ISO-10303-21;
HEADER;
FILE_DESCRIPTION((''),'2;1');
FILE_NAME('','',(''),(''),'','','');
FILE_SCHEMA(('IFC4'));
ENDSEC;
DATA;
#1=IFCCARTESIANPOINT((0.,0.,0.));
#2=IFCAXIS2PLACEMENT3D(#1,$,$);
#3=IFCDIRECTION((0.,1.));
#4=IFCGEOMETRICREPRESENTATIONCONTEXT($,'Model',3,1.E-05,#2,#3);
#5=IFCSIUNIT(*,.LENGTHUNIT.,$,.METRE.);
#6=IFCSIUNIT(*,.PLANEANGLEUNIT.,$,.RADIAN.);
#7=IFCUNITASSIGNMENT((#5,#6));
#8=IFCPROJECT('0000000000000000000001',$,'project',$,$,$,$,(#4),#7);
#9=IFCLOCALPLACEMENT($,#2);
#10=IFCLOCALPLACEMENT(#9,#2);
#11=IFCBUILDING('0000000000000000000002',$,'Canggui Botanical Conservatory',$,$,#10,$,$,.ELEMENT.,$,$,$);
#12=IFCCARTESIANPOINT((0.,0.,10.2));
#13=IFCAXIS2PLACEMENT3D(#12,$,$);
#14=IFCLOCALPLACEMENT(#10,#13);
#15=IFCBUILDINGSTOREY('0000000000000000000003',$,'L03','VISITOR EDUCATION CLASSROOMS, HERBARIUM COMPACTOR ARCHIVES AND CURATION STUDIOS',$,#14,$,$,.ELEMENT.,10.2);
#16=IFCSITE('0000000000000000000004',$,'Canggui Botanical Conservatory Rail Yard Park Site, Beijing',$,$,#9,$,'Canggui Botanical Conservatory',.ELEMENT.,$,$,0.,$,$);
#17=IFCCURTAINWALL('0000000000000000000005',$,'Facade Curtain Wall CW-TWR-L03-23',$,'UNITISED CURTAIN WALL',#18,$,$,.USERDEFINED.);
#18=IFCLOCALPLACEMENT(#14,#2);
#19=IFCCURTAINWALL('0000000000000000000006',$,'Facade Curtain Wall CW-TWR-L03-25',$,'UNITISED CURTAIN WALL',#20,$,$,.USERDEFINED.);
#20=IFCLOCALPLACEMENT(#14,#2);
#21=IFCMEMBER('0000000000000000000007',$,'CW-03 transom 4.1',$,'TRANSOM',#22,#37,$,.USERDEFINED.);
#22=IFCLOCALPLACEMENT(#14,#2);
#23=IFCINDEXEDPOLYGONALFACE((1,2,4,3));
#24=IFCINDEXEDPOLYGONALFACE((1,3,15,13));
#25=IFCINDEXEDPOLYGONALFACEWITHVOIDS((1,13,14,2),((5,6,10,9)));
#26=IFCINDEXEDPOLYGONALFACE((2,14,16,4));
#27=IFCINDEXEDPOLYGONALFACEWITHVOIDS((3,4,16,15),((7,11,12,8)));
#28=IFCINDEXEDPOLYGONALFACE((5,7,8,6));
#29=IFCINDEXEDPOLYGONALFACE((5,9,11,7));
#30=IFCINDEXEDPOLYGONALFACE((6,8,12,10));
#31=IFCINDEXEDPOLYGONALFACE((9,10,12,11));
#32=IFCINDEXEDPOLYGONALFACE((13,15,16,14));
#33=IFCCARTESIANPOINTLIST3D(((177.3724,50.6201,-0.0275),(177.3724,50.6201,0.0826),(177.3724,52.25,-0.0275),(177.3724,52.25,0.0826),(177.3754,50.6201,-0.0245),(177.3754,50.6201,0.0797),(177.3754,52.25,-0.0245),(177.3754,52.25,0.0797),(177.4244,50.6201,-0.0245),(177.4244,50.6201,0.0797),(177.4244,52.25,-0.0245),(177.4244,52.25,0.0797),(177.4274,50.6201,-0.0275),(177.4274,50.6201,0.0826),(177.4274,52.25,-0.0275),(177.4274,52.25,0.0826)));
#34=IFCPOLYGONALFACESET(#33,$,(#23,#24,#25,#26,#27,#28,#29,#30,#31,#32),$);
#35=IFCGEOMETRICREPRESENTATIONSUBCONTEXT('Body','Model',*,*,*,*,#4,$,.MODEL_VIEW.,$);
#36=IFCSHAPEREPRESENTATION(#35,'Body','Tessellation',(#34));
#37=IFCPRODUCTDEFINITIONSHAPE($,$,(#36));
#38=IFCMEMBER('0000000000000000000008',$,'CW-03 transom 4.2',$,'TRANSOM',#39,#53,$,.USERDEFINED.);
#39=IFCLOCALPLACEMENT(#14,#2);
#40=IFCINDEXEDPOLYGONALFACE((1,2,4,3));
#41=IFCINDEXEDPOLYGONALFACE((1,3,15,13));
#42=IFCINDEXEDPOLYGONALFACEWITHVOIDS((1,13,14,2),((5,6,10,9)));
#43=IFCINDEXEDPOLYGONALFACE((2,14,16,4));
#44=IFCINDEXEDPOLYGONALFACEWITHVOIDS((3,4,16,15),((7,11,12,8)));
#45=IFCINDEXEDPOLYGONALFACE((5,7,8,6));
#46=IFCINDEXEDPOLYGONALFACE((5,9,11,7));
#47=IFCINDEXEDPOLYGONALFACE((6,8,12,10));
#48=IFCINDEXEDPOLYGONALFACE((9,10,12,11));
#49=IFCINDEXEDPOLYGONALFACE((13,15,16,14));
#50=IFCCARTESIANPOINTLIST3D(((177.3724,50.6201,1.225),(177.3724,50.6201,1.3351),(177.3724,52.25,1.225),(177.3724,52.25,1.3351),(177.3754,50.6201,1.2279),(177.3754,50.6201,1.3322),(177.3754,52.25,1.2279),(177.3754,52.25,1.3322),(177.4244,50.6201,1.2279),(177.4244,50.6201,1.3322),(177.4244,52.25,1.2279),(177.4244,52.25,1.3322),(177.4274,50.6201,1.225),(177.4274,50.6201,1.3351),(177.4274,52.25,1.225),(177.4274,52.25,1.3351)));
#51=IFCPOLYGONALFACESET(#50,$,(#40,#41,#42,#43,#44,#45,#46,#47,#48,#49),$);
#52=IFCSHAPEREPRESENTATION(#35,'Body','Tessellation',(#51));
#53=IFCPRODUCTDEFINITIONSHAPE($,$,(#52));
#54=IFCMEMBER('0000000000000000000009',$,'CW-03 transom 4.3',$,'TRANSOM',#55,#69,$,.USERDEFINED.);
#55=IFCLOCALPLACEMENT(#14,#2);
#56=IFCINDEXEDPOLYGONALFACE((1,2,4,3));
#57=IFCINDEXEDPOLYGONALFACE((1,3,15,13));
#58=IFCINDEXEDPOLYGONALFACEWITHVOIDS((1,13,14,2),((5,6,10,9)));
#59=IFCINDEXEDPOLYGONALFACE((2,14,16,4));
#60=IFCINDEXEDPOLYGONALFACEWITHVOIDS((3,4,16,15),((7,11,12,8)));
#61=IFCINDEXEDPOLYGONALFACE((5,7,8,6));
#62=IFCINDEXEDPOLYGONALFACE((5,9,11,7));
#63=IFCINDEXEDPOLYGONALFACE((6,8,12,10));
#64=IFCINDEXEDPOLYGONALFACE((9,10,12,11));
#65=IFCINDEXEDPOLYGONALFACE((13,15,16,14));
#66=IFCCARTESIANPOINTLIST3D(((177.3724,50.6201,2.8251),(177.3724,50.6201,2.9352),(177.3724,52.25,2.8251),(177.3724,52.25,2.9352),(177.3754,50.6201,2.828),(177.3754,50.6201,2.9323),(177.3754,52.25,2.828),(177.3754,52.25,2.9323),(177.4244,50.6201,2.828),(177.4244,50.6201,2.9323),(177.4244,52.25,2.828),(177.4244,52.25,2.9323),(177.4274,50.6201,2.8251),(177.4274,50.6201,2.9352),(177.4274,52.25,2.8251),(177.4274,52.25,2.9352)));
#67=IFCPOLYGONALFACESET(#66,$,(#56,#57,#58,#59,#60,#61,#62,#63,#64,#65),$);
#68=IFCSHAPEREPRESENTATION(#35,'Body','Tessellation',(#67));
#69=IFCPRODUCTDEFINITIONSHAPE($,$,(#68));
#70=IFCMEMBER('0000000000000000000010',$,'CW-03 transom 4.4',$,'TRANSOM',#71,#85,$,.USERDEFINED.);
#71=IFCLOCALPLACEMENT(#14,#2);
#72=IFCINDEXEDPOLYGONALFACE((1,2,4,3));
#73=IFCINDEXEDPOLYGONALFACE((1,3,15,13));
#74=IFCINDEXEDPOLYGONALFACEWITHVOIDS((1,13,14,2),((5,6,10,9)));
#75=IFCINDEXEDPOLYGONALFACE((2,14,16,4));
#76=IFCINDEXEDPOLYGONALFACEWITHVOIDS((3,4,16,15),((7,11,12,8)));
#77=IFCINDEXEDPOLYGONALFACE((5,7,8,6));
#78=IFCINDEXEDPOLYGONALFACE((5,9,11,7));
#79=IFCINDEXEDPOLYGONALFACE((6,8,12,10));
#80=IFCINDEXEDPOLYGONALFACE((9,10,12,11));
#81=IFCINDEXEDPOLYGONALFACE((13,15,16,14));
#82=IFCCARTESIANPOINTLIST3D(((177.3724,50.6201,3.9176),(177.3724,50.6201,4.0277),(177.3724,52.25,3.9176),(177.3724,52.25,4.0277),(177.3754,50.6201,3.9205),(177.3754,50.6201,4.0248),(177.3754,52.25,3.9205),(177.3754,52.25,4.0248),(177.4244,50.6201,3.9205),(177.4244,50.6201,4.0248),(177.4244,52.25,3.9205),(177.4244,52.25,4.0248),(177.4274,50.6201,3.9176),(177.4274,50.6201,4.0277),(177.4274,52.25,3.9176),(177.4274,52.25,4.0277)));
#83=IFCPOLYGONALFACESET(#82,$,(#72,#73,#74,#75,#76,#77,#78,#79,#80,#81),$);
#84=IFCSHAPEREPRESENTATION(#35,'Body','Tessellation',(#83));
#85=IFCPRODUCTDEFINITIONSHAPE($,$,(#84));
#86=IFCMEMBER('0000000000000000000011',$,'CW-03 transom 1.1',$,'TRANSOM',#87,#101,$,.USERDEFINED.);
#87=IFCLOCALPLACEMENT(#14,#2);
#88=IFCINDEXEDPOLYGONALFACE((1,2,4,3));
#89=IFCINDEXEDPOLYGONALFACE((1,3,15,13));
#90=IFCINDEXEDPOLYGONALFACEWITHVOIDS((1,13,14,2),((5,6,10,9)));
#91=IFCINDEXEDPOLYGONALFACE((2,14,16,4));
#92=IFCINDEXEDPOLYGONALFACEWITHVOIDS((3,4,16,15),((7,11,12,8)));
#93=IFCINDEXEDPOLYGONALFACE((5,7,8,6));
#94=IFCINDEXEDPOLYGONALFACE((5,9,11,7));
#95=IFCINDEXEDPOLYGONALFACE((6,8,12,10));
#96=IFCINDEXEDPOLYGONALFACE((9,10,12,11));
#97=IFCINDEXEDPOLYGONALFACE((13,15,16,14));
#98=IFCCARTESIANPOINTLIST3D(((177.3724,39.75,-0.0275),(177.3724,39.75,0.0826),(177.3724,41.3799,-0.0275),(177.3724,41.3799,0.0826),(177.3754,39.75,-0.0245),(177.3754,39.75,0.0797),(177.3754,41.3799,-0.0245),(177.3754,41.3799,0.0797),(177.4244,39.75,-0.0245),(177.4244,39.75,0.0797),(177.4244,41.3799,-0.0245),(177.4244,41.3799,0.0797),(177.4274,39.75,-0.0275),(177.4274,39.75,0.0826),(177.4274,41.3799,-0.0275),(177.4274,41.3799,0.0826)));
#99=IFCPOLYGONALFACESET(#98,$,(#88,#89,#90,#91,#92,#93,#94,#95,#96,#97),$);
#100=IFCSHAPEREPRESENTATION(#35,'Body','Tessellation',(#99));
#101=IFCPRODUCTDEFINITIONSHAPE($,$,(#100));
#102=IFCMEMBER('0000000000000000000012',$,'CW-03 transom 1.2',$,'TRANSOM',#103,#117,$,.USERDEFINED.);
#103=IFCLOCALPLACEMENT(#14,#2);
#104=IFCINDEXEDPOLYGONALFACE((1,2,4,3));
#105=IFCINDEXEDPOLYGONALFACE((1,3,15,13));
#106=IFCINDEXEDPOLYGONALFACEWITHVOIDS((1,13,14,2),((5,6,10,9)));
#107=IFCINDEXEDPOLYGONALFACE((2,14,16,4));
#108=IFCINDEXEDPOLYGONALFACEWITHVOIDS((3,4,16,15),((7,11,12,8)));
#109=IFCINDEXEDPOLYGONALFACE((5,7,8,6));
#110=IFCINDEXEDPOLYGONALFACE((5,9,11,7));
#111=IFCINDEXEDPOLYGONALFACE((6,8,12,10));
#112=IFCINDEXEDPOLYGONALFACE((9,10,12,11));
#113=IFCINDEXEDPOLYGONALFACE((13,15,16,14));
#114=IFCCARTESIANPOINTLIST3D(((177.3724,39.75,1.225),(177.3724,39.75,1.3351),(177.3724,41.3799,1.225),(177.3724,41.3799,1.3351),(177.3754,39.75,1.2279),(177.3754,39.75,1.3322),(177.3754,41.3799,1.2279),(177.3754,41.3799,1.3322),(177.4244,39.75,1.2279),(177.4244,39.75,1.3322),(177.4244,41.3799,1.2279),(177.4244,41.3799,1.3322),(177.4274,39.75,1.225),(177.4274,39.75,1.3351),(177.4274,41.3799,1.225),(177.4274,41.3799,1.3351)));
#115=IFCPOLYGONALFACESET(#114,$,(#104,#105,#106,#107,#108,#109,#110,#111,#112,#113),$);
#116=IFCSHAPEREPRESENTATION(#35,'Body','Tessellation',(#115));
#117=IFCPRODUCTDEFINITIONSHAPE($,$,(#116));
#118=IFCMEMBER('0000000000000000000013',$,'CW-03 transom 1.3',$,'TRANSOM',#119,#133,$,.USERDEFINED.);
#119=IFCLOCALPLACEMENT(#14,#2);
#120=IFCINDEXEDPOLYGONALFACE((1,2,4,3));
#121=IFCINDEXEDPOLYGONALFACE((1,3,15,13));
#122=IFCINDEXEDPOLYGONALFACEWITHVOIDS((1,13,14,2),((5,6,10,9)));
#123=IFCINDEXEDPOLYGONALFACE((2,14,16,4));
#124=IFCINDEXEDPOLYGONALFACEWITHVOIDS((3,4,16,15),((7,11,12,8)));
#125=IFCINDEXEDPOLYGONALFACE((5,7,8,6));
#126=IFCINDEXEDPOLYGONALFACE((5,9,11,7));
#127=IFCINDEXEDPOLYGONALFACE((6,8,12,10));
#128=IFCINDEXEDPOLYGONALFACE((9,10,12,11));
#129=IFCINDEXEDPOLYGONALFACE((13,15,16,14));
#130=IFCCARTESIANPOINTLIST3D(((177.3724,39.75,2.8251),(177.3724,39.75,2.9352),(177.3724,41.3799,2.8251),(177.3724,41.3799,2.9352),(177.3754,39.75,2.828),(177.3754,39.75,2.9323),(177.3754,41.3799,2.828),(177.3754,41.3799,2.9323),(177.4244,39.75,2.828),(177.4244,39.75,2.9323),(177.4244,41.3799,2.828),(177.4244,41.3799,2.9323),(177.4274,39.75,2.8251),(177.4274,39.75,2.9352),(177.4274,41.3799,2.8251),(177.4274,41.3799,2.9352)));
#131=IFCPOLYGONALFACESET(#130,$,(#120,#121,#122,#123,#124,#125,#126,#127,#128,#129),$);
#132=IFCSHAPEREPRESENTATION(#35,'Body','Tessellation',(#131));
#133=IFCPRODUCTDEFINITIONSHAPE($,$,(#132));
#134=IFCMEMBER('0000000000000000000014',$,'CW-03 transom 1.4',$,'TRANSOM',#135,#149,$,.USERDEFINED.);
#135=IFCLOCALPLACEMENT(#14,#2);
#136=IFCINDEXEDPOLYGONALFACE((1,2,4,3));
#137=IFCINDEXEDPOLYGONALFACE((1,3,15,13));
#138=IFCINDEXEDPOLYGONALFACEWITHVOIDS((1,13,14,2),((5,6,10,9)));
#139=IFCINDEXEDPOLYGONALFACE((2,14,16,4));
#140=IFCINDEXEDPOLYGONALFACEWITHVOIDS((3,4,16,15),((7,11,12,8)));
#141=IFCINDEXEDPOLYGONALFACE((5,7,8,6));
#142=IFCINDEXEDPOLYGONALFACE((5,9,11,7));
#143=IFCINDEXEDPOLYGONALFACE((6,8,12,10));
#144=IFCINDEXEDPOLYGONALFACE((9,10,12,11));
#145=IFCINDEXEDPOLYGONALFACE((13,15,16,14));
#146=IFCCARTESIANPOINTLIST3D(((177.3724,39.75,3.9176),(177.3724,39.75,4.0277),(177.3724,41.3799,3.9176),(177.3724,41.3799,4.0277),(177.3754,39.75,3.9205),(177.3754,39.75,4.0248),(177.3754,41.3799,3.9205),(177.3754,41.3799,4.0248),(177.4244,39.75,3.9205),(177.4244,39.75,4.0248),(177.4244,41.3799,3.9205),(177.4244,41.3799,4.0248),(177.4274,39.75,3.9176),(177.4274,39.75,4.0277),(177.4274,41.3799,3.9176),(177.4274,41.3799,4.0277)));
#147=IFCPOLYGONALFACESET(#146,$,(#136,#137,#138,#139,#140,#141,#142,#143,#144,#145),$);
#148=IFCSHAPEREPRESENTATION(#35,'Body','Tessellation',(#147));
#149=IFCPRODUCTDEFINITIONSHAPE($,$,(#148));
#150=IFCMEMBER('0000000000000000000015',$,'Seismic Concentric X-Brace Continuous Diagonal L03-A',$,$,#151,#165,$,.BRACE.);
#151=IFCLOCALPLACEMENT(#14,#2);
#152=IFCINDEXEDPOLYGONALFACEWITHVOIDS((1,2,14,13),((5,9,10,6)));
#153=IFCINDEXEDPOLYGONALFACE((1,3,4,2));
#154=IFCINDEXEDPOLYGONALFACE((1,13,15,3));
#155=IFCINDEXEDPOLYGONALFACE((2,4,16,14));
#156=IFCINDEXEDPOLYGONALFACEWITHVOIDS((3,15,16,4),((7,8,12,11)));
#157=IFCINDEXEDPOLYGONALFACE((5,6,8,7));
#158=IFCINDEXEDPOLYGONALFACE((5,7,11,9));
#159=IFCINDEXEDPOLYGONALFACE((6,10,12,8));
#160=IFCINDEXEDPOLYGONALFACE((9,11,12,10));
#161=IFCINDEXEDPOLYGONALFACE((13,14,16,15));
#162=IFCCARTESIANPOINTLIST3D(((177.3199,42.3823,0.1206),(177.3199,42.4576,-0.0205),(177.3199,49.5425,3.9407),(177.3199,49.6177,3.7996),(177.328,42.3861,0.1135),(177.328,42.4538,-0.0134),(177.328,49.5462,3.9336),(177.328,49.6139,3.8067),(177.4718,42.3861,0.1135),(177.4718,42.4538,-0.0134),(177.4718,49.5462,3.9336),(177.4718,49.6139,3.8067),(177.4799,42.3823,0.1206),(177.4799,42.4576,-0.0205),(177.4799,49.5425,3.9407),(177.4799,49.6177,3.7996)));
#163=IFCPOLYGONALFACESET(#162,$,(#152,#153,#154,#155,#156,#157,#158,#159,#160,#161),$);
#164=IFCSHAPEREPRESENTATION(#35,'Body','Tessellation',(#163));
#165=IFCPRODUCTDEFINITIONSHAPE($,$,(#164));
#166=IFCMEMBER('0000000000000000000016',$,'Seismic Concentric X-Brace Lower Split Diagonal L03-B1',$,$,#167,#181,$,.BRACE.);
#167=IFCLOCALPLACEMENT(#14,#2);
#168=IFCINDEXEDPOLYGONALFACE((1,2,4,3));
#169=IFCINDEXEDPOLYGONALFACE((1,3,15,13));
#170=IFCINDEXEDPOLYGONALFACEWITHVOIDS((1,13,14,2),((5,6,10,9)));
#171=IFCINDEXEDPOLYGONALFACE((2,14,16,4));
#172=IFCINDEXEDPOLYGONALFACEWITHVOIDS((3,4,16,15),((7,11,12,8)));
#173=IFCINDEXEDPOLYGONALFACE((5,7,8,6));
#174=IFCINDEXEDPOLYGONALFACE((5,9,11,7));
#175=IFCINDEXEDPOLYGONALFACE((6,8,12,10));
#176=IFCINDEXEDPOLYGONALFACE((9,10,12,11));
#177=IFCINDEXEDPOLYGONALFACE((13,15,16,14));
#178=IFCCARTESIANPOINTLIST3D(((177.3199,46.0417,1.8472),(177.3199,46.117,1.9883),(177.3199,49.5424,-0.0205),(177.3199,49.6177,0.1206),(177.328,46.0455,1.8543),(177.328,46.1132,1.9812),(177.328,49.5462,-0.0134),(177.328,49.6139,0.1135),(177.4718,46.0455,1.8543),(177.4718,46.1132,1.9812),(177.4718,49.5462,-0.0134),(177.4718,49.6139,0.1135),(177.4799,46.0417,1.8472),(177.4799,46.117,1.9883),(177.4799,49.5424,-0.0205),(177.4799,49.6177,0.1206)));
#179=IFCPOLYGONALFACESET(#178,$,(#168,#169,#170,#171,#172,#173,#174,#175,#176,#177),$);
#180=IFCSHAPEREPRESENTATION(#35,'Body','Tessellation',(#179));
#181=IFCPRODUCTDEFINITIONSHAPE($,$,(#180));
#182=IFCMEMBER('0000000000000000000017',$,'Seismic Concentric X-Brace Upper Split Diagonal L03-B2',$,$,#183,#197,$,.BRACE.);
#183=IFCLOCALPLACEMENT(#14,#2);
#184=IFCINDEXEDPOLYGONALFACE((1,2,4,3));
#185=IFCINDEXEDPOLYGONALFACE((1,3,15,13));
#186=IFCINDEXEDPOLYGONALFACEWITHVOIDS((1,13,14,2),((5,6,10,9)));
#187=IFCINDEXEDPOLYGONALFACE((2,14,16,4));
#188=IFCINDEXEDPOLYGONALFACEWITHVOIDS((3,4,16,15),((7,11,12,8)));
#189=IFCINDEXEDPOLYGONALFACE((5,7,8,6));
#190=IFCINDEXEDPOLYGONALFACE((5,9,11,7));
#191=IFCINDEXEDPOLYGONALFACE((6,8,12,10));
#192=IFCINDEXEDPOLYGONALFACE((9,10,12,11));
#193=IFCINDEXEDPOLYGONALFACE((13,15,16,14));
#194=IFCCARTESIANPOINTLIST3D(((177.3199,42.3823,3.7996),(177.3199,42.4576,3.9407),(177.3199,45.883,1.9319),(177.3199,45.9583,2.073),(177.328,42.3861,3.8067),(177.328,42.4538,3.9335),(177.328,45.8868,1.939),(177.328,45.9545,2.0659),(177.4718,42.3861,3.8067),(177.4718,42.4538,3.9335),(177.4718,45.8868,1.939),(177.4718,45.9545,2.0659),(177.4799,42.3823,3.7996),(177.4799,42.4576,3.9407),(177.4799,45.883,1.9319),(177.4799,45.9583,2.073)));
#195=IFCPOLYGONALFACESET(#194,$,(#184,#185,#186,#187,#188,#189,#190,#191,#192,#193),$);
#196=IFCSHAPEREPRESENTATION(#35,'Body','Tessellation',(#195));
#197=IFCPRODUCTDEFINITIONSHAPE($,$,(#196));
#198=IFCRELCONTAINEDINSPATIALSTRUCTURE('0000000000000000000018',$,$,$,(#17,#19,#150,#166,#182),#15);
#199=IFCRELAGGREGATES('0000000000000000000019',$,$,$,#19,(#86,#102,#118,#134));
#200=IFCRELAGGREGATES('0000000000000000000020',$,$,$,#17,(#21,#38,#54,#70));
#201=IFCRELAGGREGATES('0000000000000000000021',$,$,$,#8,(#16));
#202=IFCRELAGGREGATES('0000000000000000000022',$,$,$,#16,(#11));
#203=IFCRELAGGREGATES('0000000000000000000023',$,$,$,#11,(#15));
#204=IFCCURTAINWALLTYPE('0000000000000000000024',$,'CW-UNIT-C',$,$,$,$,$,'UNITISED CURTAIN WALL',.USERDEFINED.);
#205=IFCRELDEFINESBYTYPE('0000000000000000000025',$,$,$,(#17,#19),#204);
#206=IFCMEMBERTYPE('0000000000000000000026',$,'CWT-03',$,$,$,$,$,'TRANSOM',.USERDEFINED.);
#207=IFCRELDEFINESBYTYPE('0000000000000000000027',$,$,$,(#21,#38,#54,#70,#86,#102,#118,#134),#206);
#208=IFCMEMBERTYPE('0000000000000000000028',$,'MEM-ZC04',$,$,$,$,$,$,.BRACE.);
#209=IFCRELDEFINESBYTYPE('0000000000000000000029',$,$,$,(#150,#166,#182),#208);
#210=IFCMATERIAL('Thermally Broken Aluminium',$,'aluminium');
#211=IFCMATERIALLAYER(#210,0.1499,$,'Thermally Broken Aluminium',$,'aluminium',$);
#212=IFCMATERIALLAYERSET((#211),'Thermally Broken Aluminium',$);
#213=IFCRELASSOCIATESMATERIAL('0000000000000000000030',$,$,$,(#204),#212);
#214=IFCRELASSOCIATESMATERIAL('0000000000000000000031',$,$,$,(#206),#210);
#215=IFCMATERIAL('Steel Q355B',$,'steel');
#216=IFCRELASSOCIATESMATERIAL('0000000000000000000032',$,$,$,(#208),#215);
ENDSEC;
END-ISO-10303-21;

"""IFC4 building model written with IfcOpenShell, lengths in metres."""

from ifc_helpers import new_model, si_unit, direction, frame, origin, origin_2d, place, context, subcontext, project, spatial, hollow_rectangle, extrude, material, layer, layer_set, material_profile, profile_set, type_object, element, aggregate, save


model = new_model("IFC4")

# Units and contexts
model_context = context("Model", 3, precision=1e-05, world=origin(), true_north=direction((0.0, 1.0)))
body_context = subcontext(model_context, "Body", "Model", "MODEL_VIEW")
ifc_project = project(units=[si_unit("LENGTHUNIT", "METRE"), si_unit("PLANEANGLEUNIT", "RADIAN")], contexts=[model_context])

# Site, building, storey
site_placement = place(None, origin())
site = spatial("IfcSite", under=ifc_project, at=site_placement, Name="Canggui Botanical Conservatory Rail Yard Park Site, Beijing", LongName="Canggui Botanical Conservatory", CompositionType="ELEMENT", RefElevation=0.0)
building_placement = place(site_placement, origin())
building = spatial("IfcBuilding", under=site, at=building_placement, Name="Canggui Botanical Conservatory", CompositionType="ELEMENT")
storey_placement = place(building_placement, frame((0.0, 0.0, 10.2)))
storey = spatial("IfcBuildingStorey", under=building, at=storey_placement, Name="L03", Description="VISITOR EDUCATION CLASSROOMS, HERBARIUM COMPACTOR ARCHIVES AND CURATION STUDIOS", CompositionType="ELEMENT", Elevation=10.2)

# Curtain walls
ifc_material_1 = material(Name="Thermally Broken Aluminium", Category="aluminium")
ifc_layer_1 = layer(ifc_material_1, 0.1499, Name="Thermally Broken Aluminium", Category="aluminium")
ifc_layer_set_1 = layer_set([ifc_layer_1], Name="Thermally Broken Aluminium")
curtain_wall_type = type_object("IfcCurtainWallType", Name="CW-UNIT-C", ElementType="UNITISED CURTAIN WALL", PredefinedType="USERDEFINED", material=ifc_layer_set_1)
curtain_wall_1_placement = place(storey_placement, origin())
curtain_wall_1 = element("IfcCurtainWall", 1, at=curtain_wall_1_placement, inside=storey, type_object=curtain_wall_type, Name="Facade Curtain Wall CW-TWR-L03-23", ObjectType="UNITISED CURTAIN WALL", PredefinedType="USERDEFINED")
curtain_wall_2_placement = place(storey_placement, origin())
curtain_wall_2 = element("IfcCurtainWall", 2, at=curtain_wall_2_placement, inside=storey, type_object=curtain_wall_type, Name="Facade Curtain Wall CW-TWR-L03-25", ObjectType="UNITISED CURTAIN WALL", PredefinedType="USERDEFINED")

# Members
ifc_material_profile_1 = material_profile(ifc_material_1, hollow_rectangle(XDim=0.0549, YDim=0.1101, WallThickness=0.0029, at=origin_2d()), Name="CWT 55x110x3")
ifc_profile_set_1 = profile_set([ifc_material_profile_1], Name="Thermally Broken Aluminium")
member_type_1 = type_object("IfcMemberType", Name="CWT-03", ElementType="TRANSOM", PredefinedType="USERDEFINED", material=ifc_profile_set_1)
member_1_placement = place(storey_placement, frame((177.3999, 52.25, 0.0276), z_axis=(0.0, -1.0, 0.0), x_axis=(1.0, 0.0, 0.0)))
member_1 = element("IfcMember", 3, at=member_1_placement, type_object=member_type_1, Name="CW-03 transom 4.1", ObjectType="TRANSOM", PredefinedType="USERDEFINED", context=body_context, shape_type="SweptSolid", body=[
    extrude(hollow_rectangle(XDim=0.0549, YDim=0.1101, WallThickness=0.0029, at=origin_2d()), origin(), (0.0, 0.0, 1.0), 1.6299),
])
member_2_placement = place(storey_placement, frame((177.3999, 52.25, 1.28), z_axis=(0.0, -1.0, 0.0), x_axis=(1.0, 0.0, 0.0)))
member_2 = element("IfcMember", 4, at=member_2_placement, type_object=member_type_1, Name="CW-03 transom 4.2", ObjectType="TRANSOM", PredefinedType="USERDEFINED", context=body_context, shape_type="SweptSolid", body=[
    extrude(hollow_rectangle(XDim=0.0549, YDim=0.1101, WallThickness=0.0029, at=origin_2d()), origin(), (0.0, 0.0, 1.0), 1.6299),
])
member_3_placement = place(storey_placement, frame((177.3999, 52.25, 2.8801), z_axis=(0.0, -1.0, 0.0), x_axis=(1.0, 0.0, 0.0)))
member_3 = element("IfcMember", 5, at=member_3_placement, type_object=member_type_1, Name="CW-03 transom 4.3", ObjectType="TRANSOM", PredefinedType="USERDEFINED", context=body_context, shape_type="SweptSolid", body=[
    extrude(hollow_rectangle(XDim=0.0549, YDim=0.1101, WallThickness=0.0029, at=origin_2d()), origin(), (0.0, 0.0, 1.0), 1.6299),
])
member_4_placement = place(storey_placement, frame((177.3999, 52.25, 3.9727), z_axis=(0.0, -1.0, 0.0), x_axis=(1.0, 0.0, 0.0)))
member_4 = element("IfcMember", 6, at=member_4_placement, type_object=member_type_1, Name="CW-03 transom 4.4", ObjectType="TRANSOM", PredefinedType="USERDEFINED", context=body_context, shape_type="SweptSolid", body=[
    extrude(hollow_rectangle(XDim=0.0549, YDim=0.1101, WallThickness=0.0029, at=origin_2d()), origin(), (0.0, 0.0, 1.0), 1.6299),
])
member_5_placement = place(storey_placement, frame((177.3999, 41.3799, 0.0276), z_axis=(0.0, -1.0, 0.0), x_axis=(1.0, 0.0, 0.0)))
member_5 = element("IfcMember", 7, at=member_5_placement, type_object=member_type_1, Name="CW-03 transom 1.1", ObjectType="TRANSOM", PredefinedType="USERDEFINED", context=body_context, shape_type="SweptSolid", body=[
    extrude(hollow_rectangle(XDim=0.0549, YDim=0.1101, WallThickness=0.0029, at=origin_2d()), origin(), (0.0, 0.0, 1.0), 1.6299),
])
member_6_placement = place(storey_placement, frame((177.3999, 41.3799, 1.28), z_axis=(0.0, -1.0, 0.0), x_axis=(1.0, 0.0, 0.0)))
member_6 = element("IfcMember", 8, at=member_6_placement, type_object=member_type_1, Name="CW-03 transom 1.2", ObjectType="TRANSOM", PredefinedType="USERDEFINED", context=body_context, shape_type="SweptSolid", body=[
    extrude(hollow_rectangle(XDim=0.0549, YDim=0.1101, WallThickness=0.0029, at=origin_2d()), origin(), (0.0, 0.0, 1.0), 1.6299),
])
member_7_placement = place(storey_placement, frame((177.3999, 41.3799, 2.8801), z_axis=(0.0, -1.0, 0.0), x_axis=(1.0, 0.0, 0.0)))
member_7 = element("IfcMember", 9, at=member_7_placement, type_object=member_type_1, Name="CW-03 transom 1.3", ObjectType="TRANSOM", PredefinedType="USERDEFINED", context=body_context, shape_type="SweptSolid", body=[
    extrude(hollow_rectangle(XDim=0.0549, YDim=0.1101, WallThickness=0.0029, at=origin_2d()), origin(), (0.0, 0.0, 1.0), 1.6299),
])
member_8_placement = place(storey_placement, frame((177.3999, 41.3799, 3.9727), z_axis=(0.0, -1.0, 0.0), x_axis=(1.0, 0.0, 0.0)))
member_8 = element("IfcMember", 10, at=member_8_placement, type_object=member_type_1, Name="CW-03 transom 1.4", ObjectType="TRANSOM", PredefinedType="USERDEFINED", context=body_context, shape_type="SweptSolid", body=[
    extrude(hollow_rectangle(XDim=0.0549, YDim=0.1101, WallThickness=0.0029, at=origin_2d()), origin(), (0.0, 0.0, 1.0), 1.6299),
])
aggregate(curtain_wall_2, [member_5, member_6, member_7, member_8])

# Members
ifc_material_2 = material(Name="Steel Q355B", Category="steel")
ifc_material_profile_2 = material_profile(ifc_material_2, hollow_rectangle(XDim=0.1599, YDim=0.1599, WallThickness=0.0081, at=origin_2d()), Name="SHS 160x160x8")
ifc_profile_set_2 = profile_set([ifc_material_profile_2], Name="Steel Q355B")
member_type_2 = type_object("IfcMemberType", Name="MEM-ZC04", PredefinedType="BRACE", material=ifc_profile_set_2)
member_9_placement = place(storey_placement, frame((177.3999, 42.4199, 0.05), z_axis=(0.0, 0.882285, 0.470715), x_axis=(-1.0, 0.0, 0.0)))
element("IfcMember", 11, at=member_9_placement, inside=storey, type_object=member_type_2, Name="Seismic Concentric X-Brace Continuous Diagonal L03-A", PredefinedType="BRACE", context=body_context, shape_type="SweptSolid", body=[
    extrude(hollow_rectangle(XDim=0.1599, YDim=0.1599, WallThickness=0.0081, at=origin_2d()), origin(), (0.0, 0.0, 1.0), 8.1155),
])
for number, where, z_axis, x_axis, name in (
    (12, (177.3999, 49.5801, 0.05), (0.0, -0.882288, 0.47071), (1.0, 0.0, 0.0), "Seismic Concentric X-Brace Lower Split Diagonal L03-B1"),
    (13, (177.3999, 45.9207, 2.0024), (0.0, -0.882288, 0.47071), (1.0, 0.0, 0.0), "Seismic Concentric X-Brace Upper Split Diagonal L03-B2"),
):
    element("IfcMember", number, at=place(storey_placement, frame(where, z_axis=z_axis, x_axis=x_axis)), inside=storey, type_object=member_type_2, Name=name, PredefinedType="BRACE", context=body_context, shape_type="SweptSolid", body=[
        extrude(hollow_rectangle(XDim=0.1599, YDim=0.1599, WallThickness=0.0081, at=origin_2d()), origin(), (0.0, 0.0, 1.0), 3.9678),
    ])

aggregate(curtain_wall_1, [member_1, member_2, member_3, member_4])

save(model, "model.ifc")
